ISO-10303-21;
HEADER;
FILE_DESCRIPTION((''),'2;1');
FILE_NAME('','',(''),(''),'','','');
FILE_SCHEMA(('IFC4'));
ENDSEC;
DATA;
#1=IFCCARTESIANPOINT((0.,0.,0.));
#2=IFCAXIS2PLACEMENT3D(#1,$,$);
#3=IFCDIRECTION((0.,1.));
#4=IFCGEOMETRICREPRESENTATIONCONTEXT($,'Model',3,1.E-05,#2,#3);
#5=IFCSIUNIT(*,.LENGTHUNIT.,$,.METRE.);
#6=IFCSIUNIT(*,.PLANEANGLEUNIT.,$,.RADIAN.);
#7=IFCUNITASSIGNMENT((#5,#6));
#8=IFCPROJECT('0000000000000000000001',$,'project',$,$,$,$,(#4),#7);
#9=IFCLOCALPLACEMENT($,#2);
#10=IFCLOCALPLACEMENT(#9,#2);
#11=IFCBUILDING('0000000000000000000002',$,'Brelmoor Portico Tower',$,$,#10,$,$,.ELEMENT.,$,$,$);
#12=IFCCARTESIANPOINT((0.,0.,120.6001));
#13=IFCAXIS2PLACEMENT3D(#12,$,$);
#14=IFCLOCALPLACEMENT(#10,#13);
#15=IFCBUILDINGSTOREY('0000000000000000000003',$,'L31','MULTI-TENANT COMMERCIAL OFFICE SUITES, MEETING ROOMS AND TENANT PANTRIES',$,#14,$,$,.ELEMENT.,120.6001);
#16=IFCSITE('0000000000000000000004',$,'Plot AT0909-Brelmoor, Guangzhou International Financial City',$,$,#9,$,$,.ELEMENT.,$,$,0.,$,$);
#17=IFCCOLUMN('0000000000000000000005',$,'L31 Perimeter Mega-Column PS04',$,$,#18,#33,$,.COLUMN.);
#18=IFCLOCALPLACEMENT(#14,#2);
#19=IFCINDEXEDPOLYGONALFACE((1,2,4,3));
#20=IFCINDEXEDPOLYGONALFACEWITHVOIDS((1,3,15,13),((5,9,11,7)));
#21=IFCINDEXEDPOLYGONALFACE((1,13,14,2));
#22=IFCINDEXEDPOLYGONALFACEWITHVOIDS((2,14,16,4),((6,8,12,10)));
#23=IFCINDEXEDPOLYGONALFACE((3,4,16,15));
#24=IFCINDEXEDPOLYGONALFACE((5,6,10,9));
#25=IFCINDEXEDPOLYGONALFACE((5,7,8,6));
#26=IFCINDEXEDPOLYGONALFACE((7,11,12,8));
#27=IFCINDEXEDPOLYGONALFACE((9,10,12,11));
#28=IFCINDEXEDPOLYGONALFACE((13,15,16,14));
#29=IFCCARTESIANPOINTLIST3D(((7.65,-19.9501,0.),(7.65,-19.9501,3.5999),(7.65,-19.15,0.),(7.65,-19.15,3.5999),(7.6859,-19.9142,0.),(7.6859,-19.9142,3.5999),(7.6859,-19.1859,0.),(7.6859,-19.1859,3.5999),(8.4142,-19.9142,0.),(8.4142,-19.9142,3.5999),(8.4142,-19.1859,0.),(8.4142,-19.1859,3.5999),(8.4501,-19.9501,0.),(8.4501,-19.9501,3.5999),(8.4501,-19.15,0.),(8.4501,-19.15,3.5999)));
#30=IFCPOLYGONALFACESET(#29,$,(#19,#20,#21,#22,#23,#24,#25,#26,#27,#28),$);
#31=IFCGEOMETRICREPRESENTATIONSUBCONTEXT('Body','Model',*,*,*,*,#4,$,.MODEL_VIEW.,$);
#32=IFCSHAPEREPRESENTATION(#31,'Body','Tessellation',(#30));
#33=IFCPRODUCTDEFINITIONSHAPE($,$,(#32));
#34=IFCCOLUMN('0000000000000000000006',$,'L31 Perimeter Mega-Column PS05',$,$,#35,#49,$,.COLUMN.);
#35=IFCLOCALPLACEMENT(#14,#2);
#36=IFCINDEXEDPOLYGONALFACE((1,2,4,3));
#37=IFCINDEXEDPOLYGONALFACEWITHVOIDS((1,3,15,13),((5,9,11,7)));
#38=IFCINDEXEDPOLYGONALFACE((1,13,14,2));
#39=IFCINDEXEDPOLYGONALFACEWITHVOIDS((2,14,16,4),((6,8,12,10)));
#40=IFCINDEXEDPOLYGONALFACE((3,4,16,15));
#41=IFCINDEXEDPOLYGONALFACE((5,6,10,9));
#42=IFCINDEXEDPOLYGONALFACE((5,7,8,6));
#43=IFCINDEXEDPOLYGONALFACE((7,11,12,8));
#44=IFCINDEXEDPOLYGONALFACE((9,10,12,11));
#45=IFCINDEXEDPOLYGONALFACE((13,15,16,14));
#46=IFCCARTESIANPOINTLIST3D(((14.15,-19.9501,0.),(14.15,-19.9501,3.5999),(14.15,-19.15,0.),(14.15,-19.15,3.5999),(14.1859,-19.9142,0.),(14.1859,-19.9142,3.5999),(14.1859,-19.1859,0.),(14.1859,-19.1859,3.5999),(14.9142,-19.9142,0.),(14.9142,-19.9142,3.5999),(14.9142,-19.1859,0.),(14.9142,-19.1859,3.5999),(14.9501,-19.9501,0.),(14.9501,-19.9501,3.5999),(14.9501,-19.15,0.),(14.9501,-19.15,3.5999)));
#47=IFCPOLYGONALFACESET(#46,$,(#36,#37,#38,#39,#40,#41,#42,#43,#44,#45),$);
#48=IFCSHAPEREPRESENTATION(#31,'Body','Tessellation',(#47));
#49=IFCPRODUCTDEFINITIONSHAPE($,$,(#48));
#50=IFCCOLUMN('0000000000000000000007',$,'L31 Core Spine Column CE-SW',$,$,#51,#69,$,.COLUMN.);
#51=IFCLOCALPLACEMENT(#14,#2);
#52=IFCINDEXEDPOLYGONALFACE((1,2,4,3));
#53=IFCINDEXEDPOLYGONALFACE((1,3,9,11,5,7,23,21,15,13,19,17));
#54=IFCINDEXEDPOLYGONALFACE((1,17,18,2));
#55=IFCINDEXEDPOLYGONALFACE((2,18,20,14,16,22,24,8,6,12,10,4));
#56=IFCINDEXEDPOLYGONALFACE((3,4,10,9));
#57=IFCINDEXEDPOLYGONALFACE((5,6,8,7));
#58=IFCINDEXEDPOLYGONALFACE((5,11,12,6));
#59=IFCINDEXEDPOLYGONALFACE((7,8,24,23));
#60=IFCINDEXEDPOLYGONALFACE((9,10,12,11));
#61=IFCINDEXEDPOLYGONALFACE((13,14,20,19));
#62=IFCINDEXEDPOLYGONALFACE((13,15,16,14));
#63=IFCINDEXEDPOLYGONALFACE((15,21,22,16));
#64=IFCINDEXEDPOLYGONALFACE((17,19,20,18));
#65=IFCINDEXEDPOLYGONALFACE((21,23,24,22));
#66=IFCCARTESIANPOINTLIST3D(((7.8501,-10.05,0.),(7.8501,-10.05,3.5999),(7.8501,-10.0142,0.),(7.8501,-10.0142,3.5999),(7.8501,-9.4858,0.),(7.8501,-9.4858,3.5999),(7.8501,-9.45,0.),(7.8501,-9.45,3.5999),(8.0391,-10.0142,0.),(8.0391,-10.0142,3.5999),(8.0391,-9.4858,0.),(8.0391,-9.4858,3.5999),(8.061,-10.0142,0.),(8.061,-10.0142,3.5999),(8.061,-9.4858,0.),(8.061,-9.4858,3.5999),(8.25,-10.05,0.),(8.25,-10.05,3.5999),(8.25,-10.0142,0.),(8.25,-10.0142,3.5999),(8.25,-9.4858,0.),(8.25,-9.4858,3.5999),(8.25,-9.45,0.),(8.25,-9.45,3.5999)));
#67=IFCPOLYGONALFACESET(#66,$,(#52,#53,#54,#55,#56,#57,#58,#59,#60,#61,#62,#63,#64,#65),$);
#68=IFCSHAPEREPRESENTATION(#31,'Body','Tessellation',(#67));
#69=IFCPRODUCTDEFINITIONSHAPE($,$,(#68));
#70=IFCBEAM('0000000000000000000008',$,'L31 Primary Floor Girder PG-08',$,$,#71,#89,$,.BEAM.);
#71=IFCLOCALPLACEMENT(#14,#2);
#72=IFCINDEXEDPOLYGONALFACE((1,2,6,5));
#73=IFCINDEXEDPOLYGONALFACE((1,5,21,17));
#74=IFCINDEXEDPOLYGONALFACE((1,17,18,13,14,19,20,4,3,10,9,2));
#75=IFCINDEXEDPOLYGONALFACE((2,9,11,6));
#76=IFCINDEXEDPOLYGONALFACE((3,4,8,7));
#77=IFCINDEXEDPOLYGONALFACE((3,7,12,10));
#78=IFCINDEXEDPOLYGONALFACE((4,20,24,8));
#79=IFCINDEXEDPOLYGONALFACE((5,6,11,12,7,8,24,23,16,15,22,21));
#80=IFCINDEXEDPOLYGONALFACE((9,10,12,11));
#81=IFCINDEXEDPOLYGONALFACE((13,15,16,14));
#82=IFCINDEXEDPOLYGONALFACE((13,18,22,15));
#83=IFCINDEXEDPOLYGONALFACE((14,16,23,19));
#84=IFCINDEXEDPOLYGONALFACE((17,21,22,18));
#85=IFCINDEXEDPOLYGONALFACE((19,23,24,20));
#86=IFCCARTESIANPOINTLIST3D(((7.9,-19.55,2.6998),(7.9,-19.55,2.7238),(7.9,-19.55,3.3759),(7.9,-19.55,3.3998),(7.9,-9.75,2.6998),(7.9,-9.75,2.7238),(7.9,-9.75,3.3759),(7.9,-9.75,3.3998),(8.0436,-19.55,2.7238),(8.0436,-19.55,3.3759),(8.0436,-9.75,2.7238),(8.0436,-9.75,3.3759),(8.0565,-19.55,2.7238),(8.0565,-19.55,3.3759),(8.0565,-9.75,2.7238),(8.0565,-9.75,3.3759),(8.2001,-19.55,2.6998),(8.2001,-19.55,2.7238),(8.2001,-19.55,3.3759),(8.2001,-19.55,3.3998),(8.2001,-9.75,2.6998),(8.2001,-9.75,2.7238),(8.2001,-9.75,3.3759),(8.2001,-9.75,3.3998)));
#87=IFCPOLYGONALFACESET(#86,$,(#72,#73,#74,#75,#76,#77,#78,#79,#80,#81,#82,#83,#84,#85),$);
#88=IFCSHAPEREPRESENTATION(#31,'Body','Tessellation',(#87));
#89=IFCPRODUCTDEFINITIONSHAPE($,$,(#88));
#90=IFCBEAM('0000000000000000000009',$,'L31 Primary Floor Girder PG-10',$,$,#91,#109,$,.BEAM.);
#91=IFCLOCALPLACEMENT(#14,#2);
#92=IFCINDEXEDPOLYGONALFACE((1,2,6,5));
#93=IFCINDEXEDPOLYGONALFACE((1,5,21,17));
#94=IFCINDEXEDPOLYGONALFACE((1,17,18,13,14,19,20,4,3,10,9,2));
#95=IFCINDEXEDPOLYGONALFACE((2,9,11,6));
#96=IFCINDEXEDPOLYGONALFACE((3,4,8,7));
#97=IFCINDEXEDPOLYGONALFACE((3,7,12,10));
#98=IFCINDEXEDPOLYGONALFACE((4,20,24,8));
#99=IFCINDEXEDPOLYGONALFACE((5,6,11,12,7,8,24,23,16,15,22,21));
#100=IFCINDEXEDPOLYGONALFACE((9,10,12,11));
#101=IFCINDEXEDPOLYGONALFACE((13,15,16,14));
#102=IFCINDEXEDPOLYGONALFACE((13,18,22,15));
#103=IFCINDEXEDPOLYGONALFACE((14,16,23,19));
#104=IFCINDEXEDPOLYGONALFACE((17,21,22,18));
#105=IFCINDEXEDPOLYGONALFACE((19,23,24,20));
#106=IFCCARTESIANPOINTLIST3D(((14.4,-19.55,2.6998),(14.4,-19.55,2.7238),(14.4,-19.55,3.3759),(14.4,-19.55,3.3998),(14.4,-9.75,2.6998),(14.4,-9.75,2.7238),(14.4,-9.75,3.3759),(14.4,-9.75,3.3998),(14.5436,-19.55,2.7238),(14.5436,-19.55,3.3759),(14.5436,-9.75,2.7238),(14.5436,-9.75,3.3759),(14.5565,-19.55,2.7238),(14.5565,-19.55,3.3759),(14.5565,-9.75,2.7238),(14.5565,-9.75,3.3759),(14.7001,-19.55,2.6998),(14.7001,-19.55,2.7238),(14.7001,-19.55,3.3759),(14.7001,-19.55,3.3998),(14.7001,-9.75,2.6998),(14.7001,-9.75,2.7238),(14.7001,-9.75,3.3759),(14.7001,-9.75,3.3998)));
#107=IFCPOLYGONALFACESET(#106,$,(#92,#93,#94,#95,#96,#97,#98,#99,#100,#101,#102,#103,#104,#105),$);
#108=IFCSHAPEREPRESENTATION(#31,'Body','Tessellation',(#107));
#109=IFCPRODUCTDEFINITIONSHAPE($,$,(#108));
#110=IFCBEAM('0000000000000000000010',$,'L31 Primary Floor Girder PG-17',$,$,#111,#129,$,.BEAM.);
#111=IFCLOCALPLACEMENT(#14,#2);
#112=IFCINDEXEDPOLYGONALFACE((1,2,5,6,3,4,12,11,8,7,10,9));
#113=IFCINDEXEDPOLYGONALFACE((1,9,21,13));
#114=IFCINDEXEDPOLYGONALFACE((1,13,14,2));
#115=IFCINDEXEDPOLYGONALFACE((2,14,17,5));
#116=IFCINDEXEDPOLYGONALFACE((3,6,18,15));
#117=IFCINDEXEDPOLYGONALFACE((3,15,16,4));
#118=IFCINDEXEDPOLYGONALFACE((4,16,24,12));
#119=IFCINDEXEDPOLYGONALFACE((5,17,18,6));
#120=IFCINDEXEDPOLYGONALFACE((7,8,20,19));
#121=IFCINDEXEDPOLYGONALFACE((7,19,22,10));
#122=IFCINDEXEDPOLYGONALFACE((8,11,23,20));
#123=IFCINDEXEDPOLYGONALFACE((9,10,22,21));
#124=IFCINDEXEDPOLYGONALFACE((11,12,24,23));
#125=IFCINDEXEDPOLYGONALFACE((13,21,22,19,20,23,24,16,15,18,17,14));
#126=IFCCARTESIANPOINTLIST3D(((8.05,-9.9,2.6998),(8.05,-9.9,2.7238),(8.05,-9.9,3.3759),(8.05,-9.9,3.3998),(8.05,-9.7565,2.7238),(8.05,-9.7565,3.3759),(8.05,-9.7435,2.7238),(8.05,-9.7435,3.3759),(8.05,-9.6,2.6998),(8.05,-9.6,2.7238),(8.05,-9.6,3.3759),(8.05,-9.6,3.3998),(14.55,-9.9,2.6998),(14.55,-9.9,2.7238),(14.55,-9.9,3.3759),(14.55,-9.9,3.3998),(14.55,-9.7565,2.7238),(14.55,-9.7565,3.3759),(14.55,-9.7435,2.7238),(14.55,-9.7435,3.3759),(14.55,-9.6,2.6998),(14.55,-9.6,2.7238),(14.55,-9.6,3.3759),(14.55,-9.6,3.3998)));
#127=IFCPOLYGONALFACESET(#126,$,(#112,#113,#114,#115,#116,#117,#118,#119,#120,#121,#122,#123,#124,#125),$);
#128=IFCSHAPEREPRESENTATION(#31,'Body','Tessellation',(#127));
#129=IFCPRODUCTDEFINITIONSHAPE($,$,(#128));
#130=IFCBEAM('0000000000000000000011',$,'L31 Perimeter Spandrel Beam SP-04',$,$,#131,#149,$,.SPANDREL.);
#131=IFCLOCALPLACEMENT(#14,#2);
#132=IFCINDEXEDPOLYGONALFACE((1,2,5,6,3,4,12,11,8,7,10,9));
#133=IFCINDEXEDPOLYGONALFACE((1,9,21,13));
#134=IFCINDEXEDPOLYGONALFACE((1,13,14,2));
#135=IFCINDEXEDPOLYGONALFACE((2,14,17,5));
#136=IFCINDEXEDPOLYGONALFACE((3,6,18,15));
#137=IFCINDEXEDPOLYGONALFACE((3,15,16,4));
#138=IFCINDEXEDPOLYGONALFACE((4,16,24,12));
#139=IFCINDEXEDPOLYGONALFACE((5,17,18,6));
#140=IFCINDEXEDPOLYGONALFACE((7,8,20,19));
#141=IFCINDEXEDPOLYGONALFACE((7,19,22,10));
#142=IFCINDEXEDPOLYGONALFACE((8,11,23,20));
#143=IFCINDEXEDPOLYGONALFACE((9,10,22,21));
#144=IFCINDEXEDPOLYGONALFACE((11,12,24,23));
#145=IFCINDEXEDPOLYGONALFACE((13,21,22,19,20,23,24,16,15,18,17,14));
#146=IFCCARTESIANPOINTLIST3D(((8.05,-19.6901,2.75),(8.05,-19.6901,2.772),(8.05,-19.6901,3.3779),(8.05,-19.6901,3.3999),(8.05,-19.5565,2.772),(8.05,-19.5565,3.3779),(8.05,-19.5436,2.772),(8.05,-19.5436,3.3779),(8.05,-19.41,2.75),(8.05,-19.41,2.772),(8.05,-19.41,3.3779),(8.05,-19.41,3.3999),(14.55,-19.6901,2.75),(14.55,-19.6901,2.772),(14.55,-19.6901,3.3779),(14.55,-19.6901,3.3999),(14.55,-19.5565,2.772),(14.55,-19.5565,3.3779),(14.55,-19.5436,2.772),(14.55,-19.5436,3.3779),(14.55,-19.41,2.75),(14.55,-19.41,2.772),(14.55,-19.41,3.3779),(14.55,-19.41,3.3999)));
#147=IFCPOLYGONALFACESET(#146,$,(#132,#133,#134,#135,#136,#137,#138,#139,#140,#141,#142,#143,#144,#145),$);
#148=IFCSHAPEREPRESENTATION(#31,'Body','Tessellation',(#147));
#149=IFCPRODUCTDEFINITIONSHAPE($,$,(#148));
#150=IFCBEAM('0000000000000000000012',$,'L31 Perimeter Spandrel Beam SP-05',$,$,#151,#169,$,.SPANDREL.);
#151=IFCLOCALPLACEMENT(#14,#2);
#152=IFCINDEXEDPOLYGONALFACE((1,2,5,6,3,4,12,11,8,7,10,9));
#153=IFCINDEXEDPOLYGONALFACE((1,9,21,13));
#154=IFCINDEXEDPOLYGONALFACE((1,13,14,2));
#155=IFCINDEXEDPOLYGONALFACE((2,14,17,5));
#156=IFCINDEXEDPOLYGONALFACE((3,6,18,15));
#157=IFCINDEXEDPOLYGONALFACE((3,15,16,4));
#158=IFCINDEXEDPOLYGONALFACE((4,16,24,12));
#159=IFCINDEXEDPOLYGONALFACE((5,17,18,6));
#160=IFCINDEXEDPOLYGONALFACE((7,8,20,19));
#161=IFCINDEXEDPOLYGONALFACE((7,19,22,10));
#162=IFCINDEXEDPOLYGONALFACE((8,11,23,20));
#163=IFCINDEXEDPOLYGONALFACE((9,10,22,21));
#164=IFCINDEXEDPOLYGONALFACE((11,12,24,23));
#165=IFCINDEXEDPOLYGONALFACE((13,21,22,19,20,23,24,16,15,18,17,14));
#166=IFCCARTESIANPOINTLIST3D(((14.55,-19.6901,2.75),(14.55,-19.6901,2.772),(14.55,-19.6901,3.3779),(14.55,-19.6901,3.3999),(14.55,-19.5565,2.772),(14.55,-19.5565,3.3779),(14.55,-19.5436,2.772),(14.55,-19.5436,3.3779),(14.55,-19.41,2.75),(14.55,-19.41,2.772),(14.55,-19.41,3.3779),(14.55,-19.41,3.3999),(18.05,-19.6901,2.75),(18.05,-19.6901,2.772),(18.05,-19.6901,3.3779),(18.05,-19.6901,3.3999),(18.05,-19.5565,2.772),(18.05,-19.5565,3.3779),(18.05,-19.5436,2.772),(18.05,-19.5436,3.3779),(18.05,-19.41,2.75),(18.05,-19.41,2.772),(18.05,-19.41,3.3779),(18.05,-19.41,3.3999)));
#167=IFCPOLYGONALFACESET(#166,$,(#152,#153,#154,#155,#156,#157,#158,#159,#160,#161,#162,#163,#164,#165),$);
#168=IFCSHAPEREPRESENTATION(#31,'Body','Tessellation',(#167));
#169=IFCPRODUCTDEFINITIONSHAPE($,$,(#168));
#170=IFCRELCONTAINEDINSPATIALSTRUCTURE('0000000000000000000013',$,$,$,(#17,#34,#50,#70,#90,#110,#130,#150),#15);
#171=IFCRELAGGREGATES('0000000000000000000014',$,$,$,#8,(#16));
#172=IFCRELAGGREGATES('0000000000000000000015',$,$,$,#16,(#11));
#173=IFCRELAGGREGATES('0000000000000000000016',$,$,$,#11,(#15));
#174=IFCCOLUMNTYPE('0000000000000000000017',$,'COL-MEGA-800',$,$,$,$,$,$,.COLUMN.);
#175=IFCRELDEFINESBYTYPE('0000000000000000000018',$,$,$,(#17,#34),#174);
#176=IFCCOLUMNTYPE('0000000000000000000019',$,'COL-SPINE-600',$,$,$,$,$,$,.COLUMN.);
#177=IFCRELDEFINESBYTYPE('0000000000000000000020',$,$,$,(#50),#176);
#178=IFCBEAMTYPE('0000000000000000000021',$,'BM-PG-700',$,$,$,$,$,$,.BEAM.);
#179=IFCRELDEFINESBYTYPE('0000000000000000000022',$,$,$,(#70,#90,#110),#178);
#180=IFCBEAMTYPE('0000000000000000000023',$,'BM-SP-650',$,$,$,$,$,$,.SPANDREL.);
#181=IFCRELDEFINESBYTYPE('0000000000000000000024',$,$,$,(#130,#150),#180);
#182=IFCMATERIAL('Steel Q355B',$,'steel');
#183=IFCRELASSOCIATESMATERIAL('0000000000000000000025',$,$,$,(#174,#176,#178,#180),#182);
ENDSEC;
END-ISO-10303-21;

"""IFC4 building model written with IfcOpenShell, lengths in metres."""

from ifc_helpers import new_model, si_unit, direction, frame, origin, origin_2d, place, context, subcontext, project, spatial, hollow_rectangle, i_section, extrude, material, material_profile, profile_set, type_object, element, save


model = new_model("IFC4")

# Units and contexts
model_context = context("Model", 3, precision=1e-05, world=origin(), true_north=direction((0.0, 1.0)))
body_context = subcontext(model_context, "Body", "Model", "MODEL_VIEW")
ifc_project = project(units=[si_unit("LENGTHUNIT", "METRE"), si_unit("PLANEANGLEUNIT", "RADIAN")], contexts=[model_context])

# Site, building, storey
site_placement = place(None, origin())
site = spatial("IfcSite", under=ifc_project, at=site_placement, Name="Plot AT0909-Brelmoor, Guangzhou International Financial City", CompositionType="ELEMENT", RefElevation=0.0)
building_placement = place(site_placement, origin())
building = spatial("IfcBuilding", under=site, at=building_placement, Name="Brelmoor Portico Tower", CompositionType="ELEMENT")
storey_placement = place(building_placement, frame((0.0, 0.0, 120.6001)))
storey = spatial("IfcBuildingStorey", under=building, at=storey_placement, Name="L31", Description="MULTI-TENANT COMMERCIAL OFFICE SUITES, MEETING ROOMS AND TENANT PANTRIES", CompositionType="ELEMENT", Elevation=120.6001)

# Columns
ifc_material_1 = material(Name="Steel Q355B", Category="steel")
ifc_material_profile_1 = material_profile(ifc_material_1, hollow_rectangle(XDim=0.8, YDim=0.8, WallThickness=0.0359, at=origin_2d()), Name="BOX 800x800x36")
ifc_profile_set_1 = profile_set([ifc_material_profile_1], Name="Steel Q355B")
column_type_1 = type_object("IfcColumnType", Name="COL-MEGA-800", PredefinedType="COLUMN", material=ifc_profile_set_1)
for number, where, z_axis, x_axis, name in (
    (1, (8.05, -19.55, 0.0), (0.0, 0.0, 1.0), (1.0, 0.0, 0.0), "L31 Perimeter Mega-Column PS04"),
    (2, (14.55, -19.55, 0.0), (0.0, 0.0, 1.0), (1.0, 0.0, 0.0), "L31 Perimeter Mega-Column PS05"),
):
    element("IfcColumn", number, at=place(storey_placement, frame(where, z_axis=z_axis, x_axis=x_axis)), inside=storey, type_object=column_type_1, Name=name, PredefinedType="COLUMN", context=body_context, shape_type="SweptSolid", body=[
        extrude(hollow_rectangle(XDim=0.8, YDim=0.8, WallThickness=0.0359, at=origin_2d()), origin(), (0.0, 0.0, 1.0), 3.5999),
    ])
ifc_material_profile_2 = material_profile(ifc_material_1, i_section(OverallWidth=0.3999, OverallDepth=0.6001, WebThickness=0.022, FlangeThickness=0.0359, at=origin_2d()), Name="HW 600x400x22x36")
ifc_profile_set_2 = profile_set([ifc_material_profile_2], Name="Steel Q355B")
column_type_2 = type_object("IfcColumnType", Name="COL-SPINE-600", PredefinedType="COLUMN", material=ifc_profile_set_2)
column_placement = place(storey_placement, frame((8.05, -9.75, 0.0), z_axis=(0.0, 0.0, 1.0), x_axis=(1.0, 0.0, 0.0)))
element("IfcColumn", 3, at=column_placement, inside=storey, type_object=column_type_2, Name="L31 Core Spine Column CE-SW", PredefinedType="COLUMN", context=body_context, shape_type="SweptSolid", body=[
    extrude(i_section(OverallWidth=0.3999, OverallDepth=0.6001, WebThickness=0.022, FlangeThickness=0.0359, at=origin_2d()), origin(), (0.0, 0.0, 1.0), 3.5999),
])

# Beams
ifc_material_profile_3 = material_profile(ifc_material_1, i_section(OverallWidth=0.3, OverallDepth=0.7, WebThickness=0.0129, FlangeThickness=0.0239, at=origin_2d()), Name="HN 700x300x13x24")
ifc_profile_set_3 = profile_set([ifc_material_profile_3], Name="Steel Q355B")
beam_type_1 = type_object("IfcBeamType", Name="BM-PG-700", PredefinedType="BEAM", material=ifc_profile_set_3)
for number, where, z_axis, x_axis, name in (
    (4, (8.05, -19.55, 3.0498), (0.0, 1.0, 0.0), (-1.0, 0.0, 0.0), "L31 Primary Floor Girder PG-08"),
    (5, (14.55, -19.55, 3.0498), (0.0, 1.0, 0.0), (-1.0, 0.0, 0.0), "L31 Primary Floor Girder PG-10"),
):
    element("IfcBeam", number, at=place(storey_placement, frame(where, z_axis=z_axis, x_axis=x_axis)), inside=storey, type_object=beam_type_1, Name=name, PredefinedType="BEAM", context=body_context, shape_type="SweptSolid", body=[
        extrude(i_section(OverallWidth=0.3, OverallDepth=0.7, WebThickness=0.0129, FlangeThickness=0.0239, at=origin_2d()), origin(), (0.0, 0.0, 1.0), 9.8),
    ])
beam_1_placement = place(storey_placement, frame((8.05, -9.75, 3.0498), z_axis=(1.0, 0.0, 0.0), x_axis=(0.0, 1.0, 0.0)))
element("IfcBeam", 6, at=beam_1_placement, inside=storey, type_object=beam_type_1, Name="L31 Primary Floor Girder PG-17", PredefinedType="BEAM", context=body_context, shape_type="SweptSolid", body=[
    extrude(i_section(OverallWidth=0.3, OverallDepth=0.7, WebThickness=0.0129, FlangeThickness=0.0239, at=origin_2d()), origin(), (0.0, 0.0, 1.0), 6.5),
])
ifc_material_profile_4 = material_profile(ifc_material_1, i_section(OverallWidth=0.28, OverallDepth=0.6499, WebThickness=0.0129, FlangeThickness=0.022, at=origin_2d()), Name="HN 650x280x13x22")
ifc_profile_set_4 = profile_set([ifc_material_profile_4], Name="Steel Q355B")
beam_type_2 = type_object("IfcBeamType", Name="BM-SP-650", PredefinedType="SPANDREL", material=ifc_profile_set_4)
beam_2_placement = place(storey_placement, frame((8.05, -19.55, 3.075), z_axis=(1.0, 0.0, 0.0), x_axis=(0.0, 1.0, 0.0)))
element("IfcBeam", 7, at=beam_2_placement, inside=storey, type_object=beam_type_2, Name="L31 Perimeter Spandrel Beam SP-04", PredefinedType="SPANDREL", context=body_context, shape_type="SweptSolid", body=[
    extrude(i_section(OverallWidth=0.28, OverallDepth=0.6499, WebThickness=0.0129, FlangeThickness=0.022, at=origin_2d()), origin(), (0.0, 0.0, 1.0), 6.5),
])
beam_3_placement = place(storey_placement, frame((14.55, -19.55, 3.075), z_axis=(1.0, 0.0, 0.0), x_axis=(0.0, 1.0, 0.0)))
element("IfcBeam", 8, at=beam_3_placement, inside=storey, type_object=beam_type_2, Name="L31 Perimeter Spandrel Beam SP-05", PredefinedType="SPANDREL", context=body_context, shape_type="SweptSolid", body=[
    extrude(i_section(OverallWidth=0.28, OverallDepth=0.6499, WebThickness=0.0129, FlangeThickness=0.022, at=origin_2d()), origin(), (0.0, 0.0, 1.0), 3.5),
])

save(model, "model.ifc")
